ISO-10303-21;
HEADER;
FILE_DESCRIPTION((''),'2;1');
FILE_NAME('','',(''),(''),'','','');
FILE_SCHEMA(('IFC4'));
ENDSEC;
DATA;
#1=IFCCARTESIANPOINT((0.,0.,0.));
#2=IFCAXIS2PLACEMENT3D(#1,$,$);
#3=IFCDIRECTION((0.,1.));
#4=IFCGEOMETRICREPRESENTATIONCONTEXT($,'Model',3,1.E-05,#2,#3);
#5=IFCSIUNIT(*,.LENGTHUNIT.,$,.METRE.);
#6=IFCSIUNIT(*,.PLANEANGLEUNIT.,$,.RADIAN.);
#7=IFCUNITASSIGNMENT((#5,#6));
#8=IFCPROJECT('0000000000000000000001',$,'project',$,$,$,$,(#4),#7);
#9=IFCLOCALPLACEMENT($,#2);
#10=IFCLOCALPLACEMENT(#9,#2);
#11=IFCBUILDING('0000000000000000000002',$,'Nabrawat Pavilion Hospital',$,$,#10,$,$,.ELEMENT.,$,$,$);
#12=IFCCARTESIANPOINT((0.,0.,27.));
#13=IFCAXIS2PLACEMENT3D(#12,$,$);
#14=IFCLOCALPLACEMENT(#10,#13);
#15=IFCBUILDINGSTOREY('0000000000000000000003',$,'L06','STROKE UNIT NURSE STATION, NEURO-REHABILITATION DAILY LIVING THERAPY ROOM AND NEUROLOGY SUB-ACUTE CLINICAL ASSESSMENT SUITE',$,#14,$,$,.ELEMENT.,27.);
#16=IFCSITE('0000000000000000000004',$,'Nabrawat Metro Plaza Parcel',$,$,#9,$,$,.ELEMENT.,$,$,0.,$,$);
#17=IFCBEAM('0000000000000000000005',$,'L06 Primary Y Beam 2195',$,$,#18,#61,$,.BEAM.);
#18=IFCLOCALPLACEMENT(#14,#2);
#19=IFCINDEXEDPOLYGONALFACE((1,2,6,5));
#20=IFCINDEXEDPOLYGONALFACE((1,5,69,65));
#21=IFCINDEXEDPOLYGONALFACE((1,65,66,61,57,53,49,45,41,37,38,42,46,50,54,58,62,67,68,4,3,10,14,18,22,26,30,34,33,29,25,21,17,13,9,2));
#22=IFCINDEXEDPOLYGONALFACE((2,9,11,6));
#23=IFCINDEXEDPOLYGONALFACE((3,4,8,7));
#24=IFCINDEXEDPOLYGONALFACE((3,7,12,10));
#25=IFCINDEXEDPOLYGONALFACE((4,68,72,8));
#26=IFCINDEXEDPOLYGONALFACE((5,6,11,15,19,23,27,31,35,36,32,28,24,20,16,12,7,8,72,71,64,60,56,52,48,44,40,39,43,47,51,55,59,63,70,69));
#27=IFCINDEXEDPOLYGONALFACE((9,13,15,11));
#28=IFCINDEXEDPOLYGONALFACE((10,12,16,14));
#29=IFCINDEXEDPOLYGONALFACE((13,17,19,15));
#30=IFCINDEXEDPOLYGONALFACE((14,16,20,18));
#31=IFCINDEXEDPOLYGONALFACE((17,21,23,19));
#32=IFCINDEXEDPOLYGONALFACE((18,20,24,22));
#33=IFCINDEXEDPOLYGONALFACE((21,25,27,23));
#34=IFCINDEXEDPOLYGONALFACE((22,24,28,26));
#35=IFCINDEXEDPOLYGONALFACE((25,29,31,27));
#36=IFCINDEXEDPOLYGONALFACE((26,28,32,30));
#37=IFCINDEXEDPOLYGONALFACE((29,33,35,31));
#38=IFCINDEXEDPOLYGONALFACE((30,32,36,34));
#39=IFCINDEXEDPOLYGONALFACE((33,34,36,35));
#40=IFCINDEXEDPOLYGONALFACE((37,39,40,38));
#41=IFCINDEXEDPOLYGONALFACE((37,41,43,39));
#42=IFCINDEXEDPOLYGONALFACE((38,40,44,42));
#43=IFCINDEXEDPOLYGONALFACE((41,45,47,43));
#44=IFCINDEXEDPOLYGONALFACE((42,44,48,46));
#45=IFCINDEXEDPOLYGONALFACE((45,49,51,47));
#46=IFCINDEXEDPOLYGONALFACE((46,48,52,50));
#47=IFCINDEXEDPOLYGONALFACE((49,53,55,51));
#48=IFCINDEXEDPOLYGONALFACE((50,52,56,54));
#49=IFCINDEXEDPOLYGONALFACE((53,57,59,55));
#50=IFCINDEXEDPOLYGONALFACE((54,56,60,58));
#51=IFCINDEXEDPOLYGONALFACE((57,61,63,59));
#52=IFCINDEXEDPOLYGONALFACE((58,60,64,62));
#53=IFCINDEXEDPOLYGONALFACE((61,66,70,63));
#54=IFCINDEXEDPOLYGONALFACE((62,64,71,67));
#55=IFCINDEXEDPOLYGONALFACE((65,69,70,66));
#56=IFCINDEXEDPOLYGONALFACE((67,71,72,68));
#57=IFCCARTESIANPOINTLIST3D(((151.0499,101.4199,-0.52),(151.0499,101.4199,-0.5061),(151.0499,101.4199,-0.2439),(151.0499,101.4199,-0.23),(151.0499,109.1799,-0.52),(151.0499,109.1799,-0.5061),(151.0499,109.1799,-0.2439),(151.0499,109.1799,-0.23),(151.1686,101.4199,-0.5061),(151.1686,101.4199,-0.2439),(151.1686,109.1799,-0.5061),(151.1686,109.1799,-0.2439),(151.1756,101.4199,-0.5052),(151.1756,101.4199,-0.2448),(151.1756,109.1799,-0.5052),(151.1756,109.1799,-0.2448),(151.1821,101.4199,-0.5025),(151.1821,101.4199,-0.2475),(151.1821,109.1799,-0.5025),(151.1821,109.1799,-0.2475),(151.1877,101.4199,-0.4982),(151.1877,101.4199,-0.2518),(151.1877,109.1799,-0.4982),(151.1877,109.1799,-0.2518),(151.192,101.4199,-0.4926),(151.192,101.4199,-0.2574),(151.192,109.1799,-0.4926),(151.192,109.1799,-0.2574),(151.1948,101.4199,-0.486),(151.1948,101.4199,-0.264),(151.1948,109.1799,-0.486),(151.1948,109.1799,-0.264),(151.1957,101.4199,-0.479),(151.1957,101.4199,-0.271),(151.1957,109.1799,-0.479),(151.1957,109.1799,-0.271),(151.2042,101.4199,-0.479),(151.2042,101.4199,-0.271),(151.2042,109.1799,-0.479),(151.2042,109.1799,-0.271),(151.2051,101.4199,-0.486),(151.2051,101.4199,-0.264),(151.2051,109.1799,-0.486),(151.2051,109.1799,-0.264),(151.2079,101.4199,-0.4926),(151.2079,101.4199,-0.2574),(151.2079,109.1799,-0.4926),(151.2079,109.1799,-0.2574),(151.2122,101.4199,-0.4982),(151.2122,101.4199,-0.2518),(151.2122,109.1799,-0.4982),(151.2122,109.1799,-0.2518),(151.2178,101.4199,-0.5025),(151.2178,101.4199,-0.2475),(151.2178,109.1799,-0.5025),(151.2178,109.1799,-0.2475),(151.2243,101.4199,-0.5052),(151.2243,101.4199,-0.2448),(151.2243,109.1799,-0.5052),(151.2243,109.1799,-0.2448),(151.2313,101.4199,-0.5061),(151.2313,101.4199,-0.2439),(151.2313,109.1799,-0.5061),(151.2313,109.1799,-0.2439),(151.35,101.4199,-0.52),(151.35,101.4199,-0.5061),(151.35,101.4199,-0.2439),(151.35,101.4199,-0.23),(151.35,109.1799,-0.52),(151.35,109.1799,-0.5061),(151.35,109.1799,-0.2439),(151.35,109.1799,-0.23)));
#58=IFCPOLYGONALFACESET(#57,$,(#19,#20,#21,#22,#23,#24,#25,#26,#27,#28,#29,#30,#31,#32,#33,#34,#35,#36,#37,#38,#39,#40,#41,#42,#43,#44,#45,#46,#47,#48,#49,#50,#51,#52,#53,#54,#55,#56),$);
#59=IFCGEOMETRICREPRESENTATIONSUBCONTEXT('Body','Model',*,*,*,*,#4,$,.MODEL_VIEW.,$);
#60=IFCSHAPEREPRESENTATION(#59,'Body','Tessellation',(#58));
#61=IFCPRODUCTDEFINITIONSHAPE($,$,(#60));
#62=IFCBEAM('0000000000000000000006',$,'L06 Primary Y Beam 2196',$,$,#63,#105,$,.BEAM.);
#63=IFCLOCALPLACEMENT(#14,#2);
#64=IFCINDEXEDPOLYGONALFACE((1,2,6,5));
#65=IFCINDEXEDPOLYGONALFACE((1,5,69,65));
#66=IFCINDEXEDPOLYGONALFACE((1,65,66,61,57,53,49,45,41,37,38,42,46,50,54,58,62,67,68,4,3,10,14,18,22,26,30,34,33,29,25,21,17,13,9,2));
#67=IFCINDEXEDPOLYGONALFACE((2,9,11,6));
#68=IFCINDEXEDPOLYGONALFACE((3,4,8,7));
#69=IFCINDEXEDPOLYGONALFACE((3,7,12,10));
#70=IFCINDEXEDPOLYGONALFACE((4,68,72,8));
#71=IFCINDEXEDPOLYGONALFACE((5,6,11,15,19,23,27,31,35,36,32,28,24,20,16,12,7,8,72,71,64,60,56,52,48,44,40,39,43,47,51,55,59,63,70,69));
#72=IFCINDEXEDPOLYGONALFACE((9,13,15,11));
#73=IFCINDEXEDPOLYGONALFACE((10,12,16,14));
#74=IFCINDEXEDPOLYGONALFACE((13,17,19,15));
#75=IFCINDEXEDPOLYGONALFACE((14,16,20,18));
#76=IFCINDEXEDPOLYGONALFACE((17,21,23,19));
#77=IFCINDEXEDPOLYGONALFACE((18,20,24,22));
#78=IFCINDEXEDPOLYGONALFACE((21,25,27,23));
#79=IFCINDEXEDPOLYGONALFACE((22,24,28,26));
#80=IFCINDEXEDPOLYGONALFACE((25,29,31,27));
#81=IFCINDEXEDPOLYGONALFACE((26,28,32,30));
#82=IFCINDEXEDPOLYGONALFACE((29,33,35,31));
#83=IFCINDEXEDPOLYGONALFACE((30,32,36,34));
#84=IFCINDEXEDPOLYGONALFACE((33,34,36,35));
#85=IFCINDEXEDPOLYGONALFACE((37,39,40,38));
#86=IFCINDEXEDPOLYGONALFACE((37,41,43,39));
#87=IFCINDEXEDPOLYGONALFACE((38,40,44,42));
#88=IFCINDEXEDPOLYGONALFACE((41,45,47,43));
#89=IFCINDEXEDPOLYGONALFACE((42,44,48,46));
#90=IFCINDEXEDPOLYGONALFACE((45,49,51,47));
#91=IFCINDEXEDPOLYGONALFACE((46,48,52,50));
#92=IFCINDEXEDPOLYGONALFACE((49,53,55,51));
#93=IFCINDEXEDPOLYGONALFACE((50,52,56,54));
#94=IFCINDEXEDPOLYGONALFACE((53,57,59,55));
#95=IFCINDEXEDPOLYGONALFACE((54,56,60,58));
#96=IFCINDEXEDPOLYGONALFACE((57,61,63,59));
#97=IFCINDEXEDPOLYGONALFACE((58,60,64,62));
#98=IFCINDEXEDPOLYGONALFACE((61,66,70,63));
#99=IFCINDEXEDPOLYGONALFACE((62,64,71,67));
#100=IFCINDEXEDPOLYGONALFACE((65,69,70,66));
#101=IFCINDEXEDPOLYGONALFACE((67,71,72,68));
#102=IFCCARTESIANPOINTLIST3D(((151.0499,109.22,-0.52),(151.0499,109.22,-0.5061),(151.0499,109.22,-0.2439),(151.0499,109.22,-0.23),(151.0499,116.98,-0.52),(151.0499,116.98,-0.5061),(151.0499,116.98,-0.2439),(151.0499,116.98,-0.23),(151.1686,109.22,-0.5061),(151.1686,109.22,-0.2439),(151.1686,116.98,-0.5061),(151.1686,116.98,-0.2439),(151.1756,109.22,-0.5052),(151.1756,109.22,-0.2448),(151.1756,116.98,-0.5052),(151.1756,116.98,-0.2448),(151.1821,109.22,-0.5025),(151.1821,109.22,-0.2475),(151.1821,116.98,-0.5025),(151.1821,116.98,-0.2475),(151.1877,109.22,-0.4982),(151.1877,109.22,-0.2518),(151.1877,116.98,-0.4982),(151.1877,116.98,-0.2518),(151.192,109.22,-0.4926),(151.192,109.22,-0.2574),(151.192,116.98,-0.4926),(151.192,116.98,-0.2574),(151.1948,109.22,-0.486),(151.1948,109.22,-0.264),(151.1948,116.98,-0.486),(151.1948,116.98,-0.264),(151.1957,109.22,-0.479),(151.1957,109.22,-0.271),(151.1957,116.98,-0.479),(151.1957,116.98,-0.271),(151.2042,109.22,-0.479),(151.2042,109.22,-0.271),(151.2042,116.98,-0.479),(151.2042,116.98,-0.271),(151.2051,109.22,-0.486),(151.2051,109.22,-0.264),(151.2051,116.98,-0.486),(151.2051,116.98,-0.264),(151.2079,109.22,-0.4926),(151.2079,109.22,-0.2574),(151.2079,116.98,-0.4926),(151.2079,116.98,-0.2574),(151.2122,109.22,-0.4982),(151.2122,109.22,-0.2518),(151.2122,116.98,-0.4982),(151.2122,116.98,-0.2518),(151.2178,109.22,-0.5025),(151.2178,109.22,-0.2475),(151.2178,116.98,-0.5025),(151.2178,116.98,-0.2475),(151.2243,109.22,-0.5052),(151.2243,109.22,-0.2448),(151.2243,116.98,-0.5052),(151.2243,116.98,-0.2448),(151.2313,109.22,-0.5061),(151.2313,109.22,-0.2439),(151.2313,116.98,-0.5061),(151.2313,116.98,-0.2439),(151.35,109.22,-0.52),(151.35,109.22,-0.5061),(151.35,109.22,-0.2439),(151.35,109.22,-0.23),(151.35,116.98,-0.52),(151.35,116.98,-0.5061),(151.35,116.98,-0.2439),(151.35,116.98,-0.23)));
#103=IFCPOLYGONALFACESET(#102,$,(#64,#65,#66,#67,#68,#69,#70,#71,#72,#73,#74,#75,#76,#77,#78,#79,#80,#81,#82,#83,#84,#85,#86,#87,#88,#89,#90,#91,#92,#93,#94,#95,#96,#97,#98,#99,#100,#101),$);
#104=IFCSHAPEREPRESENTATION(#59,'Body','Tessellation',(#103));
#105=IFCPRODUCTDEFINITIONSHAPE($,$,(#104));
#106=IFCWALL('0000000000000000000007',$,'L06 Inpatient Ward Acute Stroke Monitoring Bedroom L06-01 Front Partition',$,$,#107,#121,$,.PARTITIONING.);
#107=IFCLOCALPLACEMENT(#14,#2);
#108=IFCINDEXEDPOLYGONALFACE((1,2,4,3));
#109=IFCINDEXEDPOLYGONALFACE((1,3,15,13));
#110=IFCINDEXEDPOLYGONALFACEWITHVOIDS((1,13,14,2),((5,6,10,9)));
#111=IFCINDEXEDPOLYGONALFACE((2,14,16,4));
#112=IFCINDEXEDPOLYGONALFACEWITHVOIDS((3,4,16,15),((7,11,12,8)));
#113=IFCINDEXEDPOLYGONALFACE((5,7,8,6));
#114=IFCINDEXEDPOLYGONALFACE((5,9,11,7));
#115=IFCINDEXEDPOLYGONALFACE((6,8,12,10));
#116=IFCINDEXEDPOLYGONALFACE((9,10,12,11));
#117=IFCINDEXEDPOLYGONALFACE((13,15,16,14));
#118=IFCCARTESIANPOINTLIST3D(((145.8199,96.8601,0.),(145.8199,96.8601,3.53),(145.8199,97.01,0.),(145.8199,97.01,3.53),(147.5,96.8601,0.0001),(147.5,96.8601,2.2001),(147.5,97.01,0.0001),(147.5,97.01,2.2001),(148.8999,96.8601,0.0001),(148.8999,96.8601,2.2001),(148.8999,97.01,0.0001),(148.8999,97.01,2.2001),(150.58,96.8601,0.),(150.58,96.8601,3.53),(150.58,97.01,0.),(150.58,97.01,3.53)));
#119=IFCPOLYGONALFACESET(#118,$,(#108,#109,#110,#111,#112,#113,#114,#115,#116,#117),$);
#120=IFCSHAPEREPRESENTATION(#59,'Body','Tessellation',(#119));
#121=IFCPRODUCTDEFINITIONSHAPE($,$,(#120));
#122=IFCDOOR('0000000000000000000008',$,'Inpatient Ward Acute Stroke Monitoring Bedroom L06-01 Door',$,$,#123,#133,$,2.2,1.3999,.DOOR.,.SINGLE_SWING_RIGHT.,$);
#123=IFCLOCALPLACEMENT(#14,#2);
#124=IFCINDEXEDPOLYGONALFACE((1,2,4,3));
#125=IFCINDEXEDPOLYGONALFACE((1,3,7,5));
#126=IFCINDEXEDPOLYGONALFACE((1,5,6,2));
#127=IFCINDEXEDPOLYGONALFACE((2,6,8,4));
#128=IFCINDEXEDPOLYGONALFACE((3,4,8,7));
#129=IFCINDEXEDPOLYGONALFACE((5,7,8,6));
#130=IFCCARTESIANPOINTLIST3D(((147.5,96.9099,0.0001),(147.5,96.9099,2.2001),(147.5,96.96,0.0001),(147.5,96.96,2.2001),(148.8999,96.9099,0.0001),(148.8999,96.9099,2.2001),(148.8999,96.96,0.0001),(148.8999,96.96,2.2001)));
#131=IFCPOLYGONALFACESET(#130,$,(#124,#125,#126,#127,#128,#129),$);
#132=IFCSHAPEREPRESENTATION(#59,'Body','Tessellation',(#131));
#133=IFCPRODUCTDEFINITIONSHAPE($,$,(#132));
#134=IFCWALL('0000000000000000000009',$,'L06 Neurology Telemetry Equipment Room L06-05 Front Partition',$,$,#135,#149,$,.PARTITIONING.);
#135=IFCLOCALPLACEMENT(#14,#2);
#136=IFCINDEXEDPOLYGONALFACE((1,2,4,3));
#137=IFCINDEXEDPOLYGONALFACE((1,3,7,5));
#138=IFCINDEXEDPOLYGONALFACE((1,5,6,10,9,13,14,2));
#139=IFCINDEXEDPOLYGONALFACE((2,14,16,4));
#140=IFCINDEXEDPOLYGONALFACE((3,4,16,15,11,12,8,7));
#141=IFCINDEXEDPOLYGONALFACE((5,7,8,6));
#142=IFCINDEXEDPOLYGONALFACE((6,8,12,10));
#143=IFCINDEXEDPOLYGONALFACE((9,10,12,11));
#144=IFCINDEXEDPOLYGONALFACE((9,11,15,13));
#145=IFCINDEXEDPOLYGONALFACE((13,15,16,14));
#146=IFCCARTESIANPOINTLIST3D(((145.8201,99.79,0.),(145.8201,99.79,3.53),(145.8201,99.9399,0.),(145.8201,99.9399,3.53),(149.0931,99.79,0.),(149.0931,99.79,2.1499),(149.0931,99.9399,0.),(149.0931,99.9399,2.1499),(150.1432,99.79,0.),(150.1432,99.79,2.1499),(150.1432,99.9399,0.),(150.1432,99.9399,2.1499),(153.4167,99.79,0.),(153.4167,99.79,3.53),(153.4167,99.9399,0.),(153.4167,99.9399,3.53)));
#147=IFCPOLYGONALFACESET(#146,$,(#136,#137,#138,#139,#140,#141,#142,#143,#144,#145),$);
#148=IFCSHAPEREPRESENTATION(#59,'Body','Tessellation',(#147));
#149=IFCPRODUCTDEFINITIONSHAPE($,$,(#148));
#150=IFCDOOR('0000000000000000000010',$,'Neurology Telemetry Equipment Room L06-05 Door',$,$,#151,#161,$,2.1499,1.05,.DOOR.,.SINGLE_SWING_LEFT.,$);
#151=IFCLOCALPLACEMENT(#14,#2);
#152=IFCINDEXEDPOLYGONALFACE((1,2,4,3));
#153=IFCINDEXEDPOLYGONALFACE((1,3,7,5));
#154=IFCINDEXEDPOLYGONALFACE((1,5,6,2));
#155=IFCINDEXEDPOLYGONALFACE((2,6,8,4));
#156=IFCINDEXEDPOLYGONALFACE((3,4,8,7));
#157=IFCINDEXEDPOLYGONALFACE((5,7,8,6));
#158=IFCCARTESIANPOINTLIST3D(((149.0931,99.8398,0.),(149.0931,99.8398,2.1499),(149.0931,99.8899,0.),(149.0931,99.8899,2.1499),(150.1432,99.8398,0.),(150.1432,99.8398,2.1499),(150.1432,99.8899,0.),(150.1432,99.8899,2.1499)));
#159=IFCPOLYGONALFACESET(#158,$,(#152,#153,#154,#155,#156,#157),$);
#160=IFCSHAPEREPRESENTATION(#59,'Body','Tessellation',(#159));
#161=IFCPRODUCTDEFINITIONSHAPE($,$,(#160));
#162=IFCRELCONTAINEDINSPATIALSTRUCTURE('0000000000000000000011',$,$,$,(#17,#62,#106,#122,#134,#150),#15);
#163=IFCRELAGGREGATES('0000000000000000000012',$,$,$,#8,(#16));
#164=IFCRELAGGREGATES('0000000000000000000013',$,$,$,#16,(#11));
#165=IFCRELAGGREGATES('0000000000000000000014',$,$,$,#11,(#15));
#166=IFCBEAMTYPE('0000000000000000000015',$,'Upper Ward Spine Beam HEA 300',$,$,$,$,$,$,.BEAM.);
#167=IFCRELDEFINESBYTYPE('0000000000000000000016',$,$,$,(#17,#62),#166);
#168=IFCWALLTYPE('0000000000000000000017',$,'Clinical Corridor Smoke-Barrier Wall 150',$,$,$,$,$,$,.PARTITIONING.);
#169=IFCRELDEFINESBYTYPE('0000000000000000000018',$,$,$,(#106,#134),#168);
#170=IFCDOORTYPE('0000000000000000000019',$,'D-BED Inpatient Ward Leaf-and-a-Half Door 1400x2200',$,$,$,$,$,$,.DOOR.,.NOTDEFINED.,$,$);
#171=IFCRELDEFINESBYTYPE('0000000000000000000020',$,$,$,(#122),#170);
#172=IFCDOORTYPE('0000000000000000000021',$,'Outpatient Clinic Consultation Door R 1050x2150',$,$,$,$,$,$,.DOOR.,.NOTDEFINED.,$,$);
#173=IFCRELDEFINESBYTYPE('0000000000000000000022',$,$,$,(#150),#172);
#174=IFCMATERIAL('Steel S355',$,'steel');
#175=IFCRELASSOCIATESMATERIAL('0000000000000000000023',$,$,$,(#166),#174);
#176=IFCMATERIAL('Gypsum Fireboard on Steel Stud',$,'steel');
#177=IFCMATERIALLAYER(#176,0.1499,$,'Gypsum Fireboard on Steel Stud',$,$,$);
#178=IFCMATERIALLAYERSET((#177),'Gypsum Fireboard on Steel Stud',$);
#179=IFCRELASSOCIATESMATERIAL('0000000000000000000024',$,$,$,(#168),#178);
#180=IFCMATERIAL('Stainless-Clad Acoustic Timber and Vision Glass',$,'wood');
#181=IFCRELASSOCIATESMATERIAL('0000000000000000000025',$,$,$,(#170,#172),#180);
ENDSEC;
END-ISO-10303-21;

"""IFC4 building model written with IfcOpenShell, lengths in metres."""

from ifc_helpers import new_model, si_unit, direction, frame, frame_2d, origin, origin_2d, place, context, subcontext, project, spatial, rectangle, i_section, extrude, material, layer, layer_set, material_profile, profile_set, type_object, element, fill, save


model = new_model("IFC4")

# Units and contexts
model_context = context("Model", 3, precision=1e-05, world=origin(), true_north=direction((0.0, 1.0)))
body_context = subcontext(model_context, "Body", "Model", "MODEL_VIEW")
ifc_project = project(units=[si_unit("LENGTHUNIT", "METRE"), si_unit("PLANEANGLEUNIT", "RADIAN")], contexts=[model_context])

# Site, building, storey
site_placement = place(None, origin())
site = spatial("IfcSite", under=ifc_project, at=site_placement, Name="Nabrawat Metro Plaza Parcel", CompositionType="ELEMENT", RefElevation=0.0)
building_placement = place(site_placement, origin())
building = spatial("IfcBuilding", under=site, at=building_placement, Name="Nabrawat Pavilion Hospital", CompositionType="ELEMENT")
storey_placement = place(building_placement, frame((0.0, 0.0, 27.0)))
storey = spatial("IfcBuildingStorey", under=building, at=storey_placement, Name="L06", Description="STROKE UNIT NURSE STATION, NEURO-REHABILITATION DAILY LIVING THERAPY ROOM AND NEUROLOGY SUB-ACUTE CLINICAL ASSESSMENT SUITE", CompositionType="ELEMENT", Elevation=27.0)

# Shared definitions
ifc_material_1 = material(Name="Steel S355", Category="steel")

# Beams
ifc_material_profile_1 = material_profile(ifc_material_1, i_section(OverallWidth=0.3, OverallDepth=0.29, WebThickness=0.0085, FlangeThickness=0.0139, FilletRadius=0.0271, at=origin_2d()), Name="HEA 300")
ifc_profile_set_1 = profile_set([ifc_material_profile_1], Name="Steel S355")
beam_type_1 = type_object("IfcBeamType", Name="Upper Ward Spine Beam HEA 300", PredefinedType="BEAM", material=ifc_profile_set_1)
for number, where, z_axis, x_axis, name in (
    (1, (151.2, 101.4199, -0.375), (0.0, 1.0, 0.0), (-1.0, 0.0, 0.0), "L06 Primary Y Beam 2195"),
    (2, (151.2, 109.22, -0.375), (0.0, 1.0, 0.0), (-1.0, 0.0, 0.0), "L06 Primary Y Beam 2196"),
):
    element("IfcBeam", number, at=place(storey_placement, frame(where, z_axis=z_axis, x_axis=x_axis)), inside=storey, type_object=beam_type_1, Name=name, PredefinedType="BEAM", context=body_context, shape_type="SweptSolid", body=[
        extrude(i_section(OverallWidth=0.3, OverallDepth=0.29, WebThickness=0.0085, FlangeThickness=0.0139, FilletRadius=0.0271, at=origin_2d()), origin(), (0.0, 0.0, 1.0), 7.76),
    ])

# Walls, openings, doors
ifc_material_2 = material(Name="Gypsum Fireboard on Steel Stud", Category="steel")
ifc_layer_1 = layer(ifc_material_2, 0.1499, Name="Gypsum Fireboard on Steel Stud")
ifc_layer_set_1 = layer_set([ifc_layer_1], Name="Gypsum Fireboard on Steel Stud")
wall_type_1 = type_object("IfcWallType", Name="Clinical Corridor Smoke-Barrier Wall 150", PredefinedType="PARTITIONING", material=ifc_layer_set_1)
wall_1_placement = place(storey_placement, frame((145.8201, 96.9351, 0.0), z_axis=(0.0, 0.0, 1.0), x_axis=(1.0, 0.0, 0.0)))
wall_1 = element("IfcWall", 3, at=wall_1_placement, inside=storey, type_object=wall_type_1, Name="L06 Inpatient Ward Acute Stroke Monitoring Bedroom L06-01 Front Partition", PredefinedType="PARTITIONING", context=body_context, shape_type="SweptSolid", body=[
    extrude(rectangle(XDim=4.76, YDim=0.1499, at=frame_2d((2.3799, 0.0))), origin(), (0.0, 0.0, 1.0), 3.53),
])
opening_1_placement = place(wall_1_placement, frame((1.6799, 0.0, 0.0)))
opening_1 = element("IfcOpeningElement", 4, at=opening_1_placement, cuts=wall_1, PredefinedType="OPENING", context=body_context, shape_type="SweptSolid", body=[
    extrude(rectangle(XDim=1.3999, YDim=2.2, at=frame_2d((0.7, 1.1001))), frame((0.0, 0.085, 0.0), z_axis=(0.0, -1.0, 0.0), x_axis=(1.0, 0.0, 0.0)), (0.0, 0.0, 1.0), 0.1699),
])
ifc_material_3 = material(Name="Stainless-Clad Acoustic Timber and Vision Glass", Category="wood")
door_type_1 = type_object("IfcDoorType", Name="D-BED Inpatient Ward Leaf-and-a-Half Door 1400x2200", OperationType="NOTDEFINED", PredefinedType="DOOR", material=ifc_material_3)
door_1_placement = place(opening_1_placement, origin())
door_1 = element("IfcDoor", 5, at=door_1_placement, inside=storey, type_object=door_type_1, Name="Inpatient Ward Acute Stroke Monitoring Bedroom L06-01 Door", OperationType="SINGLE_SWING_RIGHT", OverallHeight=2.2, OverallWidth=1.3999, PredefinedType="DOOR", context=body_context, shape_type="SweptSolid", body=[
    extrude(rectangle(XDim=1.3999, YDim=2.2, at=frame_2d((0.7, 1.1001))), frame((0.0, 0.0249, 0.0), z_axis=(0.0, -1.0, 0.0), x_axis=(1.0, 0.0, 0.0)), (0.0, 0.0, 1.0), 0.05),
])
fill(opening_1, door_1)
wall_2_placement = place(storey_placement, frame((145.8201, 99.865, 0.0), z_axis=(0.0, 0.0, 1.0), x_axis=(1.0, 0.0, 0.0)))
wall_2 = element("IfcWall", 6, at=wall_2_placement, inside=storey, type_object=wall_type_1, Name="L06 Neurology Telemetry Equipment Room L06-05 Front Partition", PredefinedType="PARTITIONING", context=body_context, shape_type="SweptSolid", body=[
    extrude(rectangle(XDim=7.5967, YDim=0.1499, at=frame_2d((3.7983, 0.0))), origin(), (0.0, 0.0, 1.0), 3.53),
])
opening_2_placement = place(wall_2_placement, frame((3.2732, 0.0, 0.0)))
opening_2 = element("IfcOpeningElement", 7, at=opening_2_placement, cuts=wall_2, PredefinedType="OPENING", context=body_context, shape_type="SweptSolid", body=[
    extrude(rectangle(XDim=1.05, YDim=2.1499, at=frame_2d((0.5249, 1.075))), frame((0.0, 0.085, 0.0), z_axis=(0.0, -1.0, 0.0), x_axis=(1.0, 0.0, 0.0)), (0.0, 0.0, 1.0), 0.1699),
])
door_type_2 = type_object("IfcDoorType", Name="Outpatient Clinic Consultation Door R 1050x2150", OperationType="NOTDEFINED", PredefinedType="DOOR", material=ifc_material_3)
door_2_placement = place(opening_2_placement, origin())
door_2 = element("IfcDoor", 8, at=door_2_placement, inside=storey, type_object=door_type_2, Name="Neurology Telemetry Equipment Room L06-05 Door", OperationType="SINGLE_SWING_LEFT", OverallHeight=2.1499, OverallWidth=1.05, PredefinedType="DOOR", context=body_context, shape_type="SweptSolid", body=[
    extrude(rectangle(XDim=1.05, YDim=2.1499, at=frame_2d((0.5249, 1.075))), frame((0.0, 0.0249, 0.0), z_axis=(0.0, -1.0, 0.0), x_axis=(1.0, 0.0, 0.0)), (0.0, 0.0, 1.0), 0.05),
])
fill(opening_2, door_2)

save(model, "model.ifc")
